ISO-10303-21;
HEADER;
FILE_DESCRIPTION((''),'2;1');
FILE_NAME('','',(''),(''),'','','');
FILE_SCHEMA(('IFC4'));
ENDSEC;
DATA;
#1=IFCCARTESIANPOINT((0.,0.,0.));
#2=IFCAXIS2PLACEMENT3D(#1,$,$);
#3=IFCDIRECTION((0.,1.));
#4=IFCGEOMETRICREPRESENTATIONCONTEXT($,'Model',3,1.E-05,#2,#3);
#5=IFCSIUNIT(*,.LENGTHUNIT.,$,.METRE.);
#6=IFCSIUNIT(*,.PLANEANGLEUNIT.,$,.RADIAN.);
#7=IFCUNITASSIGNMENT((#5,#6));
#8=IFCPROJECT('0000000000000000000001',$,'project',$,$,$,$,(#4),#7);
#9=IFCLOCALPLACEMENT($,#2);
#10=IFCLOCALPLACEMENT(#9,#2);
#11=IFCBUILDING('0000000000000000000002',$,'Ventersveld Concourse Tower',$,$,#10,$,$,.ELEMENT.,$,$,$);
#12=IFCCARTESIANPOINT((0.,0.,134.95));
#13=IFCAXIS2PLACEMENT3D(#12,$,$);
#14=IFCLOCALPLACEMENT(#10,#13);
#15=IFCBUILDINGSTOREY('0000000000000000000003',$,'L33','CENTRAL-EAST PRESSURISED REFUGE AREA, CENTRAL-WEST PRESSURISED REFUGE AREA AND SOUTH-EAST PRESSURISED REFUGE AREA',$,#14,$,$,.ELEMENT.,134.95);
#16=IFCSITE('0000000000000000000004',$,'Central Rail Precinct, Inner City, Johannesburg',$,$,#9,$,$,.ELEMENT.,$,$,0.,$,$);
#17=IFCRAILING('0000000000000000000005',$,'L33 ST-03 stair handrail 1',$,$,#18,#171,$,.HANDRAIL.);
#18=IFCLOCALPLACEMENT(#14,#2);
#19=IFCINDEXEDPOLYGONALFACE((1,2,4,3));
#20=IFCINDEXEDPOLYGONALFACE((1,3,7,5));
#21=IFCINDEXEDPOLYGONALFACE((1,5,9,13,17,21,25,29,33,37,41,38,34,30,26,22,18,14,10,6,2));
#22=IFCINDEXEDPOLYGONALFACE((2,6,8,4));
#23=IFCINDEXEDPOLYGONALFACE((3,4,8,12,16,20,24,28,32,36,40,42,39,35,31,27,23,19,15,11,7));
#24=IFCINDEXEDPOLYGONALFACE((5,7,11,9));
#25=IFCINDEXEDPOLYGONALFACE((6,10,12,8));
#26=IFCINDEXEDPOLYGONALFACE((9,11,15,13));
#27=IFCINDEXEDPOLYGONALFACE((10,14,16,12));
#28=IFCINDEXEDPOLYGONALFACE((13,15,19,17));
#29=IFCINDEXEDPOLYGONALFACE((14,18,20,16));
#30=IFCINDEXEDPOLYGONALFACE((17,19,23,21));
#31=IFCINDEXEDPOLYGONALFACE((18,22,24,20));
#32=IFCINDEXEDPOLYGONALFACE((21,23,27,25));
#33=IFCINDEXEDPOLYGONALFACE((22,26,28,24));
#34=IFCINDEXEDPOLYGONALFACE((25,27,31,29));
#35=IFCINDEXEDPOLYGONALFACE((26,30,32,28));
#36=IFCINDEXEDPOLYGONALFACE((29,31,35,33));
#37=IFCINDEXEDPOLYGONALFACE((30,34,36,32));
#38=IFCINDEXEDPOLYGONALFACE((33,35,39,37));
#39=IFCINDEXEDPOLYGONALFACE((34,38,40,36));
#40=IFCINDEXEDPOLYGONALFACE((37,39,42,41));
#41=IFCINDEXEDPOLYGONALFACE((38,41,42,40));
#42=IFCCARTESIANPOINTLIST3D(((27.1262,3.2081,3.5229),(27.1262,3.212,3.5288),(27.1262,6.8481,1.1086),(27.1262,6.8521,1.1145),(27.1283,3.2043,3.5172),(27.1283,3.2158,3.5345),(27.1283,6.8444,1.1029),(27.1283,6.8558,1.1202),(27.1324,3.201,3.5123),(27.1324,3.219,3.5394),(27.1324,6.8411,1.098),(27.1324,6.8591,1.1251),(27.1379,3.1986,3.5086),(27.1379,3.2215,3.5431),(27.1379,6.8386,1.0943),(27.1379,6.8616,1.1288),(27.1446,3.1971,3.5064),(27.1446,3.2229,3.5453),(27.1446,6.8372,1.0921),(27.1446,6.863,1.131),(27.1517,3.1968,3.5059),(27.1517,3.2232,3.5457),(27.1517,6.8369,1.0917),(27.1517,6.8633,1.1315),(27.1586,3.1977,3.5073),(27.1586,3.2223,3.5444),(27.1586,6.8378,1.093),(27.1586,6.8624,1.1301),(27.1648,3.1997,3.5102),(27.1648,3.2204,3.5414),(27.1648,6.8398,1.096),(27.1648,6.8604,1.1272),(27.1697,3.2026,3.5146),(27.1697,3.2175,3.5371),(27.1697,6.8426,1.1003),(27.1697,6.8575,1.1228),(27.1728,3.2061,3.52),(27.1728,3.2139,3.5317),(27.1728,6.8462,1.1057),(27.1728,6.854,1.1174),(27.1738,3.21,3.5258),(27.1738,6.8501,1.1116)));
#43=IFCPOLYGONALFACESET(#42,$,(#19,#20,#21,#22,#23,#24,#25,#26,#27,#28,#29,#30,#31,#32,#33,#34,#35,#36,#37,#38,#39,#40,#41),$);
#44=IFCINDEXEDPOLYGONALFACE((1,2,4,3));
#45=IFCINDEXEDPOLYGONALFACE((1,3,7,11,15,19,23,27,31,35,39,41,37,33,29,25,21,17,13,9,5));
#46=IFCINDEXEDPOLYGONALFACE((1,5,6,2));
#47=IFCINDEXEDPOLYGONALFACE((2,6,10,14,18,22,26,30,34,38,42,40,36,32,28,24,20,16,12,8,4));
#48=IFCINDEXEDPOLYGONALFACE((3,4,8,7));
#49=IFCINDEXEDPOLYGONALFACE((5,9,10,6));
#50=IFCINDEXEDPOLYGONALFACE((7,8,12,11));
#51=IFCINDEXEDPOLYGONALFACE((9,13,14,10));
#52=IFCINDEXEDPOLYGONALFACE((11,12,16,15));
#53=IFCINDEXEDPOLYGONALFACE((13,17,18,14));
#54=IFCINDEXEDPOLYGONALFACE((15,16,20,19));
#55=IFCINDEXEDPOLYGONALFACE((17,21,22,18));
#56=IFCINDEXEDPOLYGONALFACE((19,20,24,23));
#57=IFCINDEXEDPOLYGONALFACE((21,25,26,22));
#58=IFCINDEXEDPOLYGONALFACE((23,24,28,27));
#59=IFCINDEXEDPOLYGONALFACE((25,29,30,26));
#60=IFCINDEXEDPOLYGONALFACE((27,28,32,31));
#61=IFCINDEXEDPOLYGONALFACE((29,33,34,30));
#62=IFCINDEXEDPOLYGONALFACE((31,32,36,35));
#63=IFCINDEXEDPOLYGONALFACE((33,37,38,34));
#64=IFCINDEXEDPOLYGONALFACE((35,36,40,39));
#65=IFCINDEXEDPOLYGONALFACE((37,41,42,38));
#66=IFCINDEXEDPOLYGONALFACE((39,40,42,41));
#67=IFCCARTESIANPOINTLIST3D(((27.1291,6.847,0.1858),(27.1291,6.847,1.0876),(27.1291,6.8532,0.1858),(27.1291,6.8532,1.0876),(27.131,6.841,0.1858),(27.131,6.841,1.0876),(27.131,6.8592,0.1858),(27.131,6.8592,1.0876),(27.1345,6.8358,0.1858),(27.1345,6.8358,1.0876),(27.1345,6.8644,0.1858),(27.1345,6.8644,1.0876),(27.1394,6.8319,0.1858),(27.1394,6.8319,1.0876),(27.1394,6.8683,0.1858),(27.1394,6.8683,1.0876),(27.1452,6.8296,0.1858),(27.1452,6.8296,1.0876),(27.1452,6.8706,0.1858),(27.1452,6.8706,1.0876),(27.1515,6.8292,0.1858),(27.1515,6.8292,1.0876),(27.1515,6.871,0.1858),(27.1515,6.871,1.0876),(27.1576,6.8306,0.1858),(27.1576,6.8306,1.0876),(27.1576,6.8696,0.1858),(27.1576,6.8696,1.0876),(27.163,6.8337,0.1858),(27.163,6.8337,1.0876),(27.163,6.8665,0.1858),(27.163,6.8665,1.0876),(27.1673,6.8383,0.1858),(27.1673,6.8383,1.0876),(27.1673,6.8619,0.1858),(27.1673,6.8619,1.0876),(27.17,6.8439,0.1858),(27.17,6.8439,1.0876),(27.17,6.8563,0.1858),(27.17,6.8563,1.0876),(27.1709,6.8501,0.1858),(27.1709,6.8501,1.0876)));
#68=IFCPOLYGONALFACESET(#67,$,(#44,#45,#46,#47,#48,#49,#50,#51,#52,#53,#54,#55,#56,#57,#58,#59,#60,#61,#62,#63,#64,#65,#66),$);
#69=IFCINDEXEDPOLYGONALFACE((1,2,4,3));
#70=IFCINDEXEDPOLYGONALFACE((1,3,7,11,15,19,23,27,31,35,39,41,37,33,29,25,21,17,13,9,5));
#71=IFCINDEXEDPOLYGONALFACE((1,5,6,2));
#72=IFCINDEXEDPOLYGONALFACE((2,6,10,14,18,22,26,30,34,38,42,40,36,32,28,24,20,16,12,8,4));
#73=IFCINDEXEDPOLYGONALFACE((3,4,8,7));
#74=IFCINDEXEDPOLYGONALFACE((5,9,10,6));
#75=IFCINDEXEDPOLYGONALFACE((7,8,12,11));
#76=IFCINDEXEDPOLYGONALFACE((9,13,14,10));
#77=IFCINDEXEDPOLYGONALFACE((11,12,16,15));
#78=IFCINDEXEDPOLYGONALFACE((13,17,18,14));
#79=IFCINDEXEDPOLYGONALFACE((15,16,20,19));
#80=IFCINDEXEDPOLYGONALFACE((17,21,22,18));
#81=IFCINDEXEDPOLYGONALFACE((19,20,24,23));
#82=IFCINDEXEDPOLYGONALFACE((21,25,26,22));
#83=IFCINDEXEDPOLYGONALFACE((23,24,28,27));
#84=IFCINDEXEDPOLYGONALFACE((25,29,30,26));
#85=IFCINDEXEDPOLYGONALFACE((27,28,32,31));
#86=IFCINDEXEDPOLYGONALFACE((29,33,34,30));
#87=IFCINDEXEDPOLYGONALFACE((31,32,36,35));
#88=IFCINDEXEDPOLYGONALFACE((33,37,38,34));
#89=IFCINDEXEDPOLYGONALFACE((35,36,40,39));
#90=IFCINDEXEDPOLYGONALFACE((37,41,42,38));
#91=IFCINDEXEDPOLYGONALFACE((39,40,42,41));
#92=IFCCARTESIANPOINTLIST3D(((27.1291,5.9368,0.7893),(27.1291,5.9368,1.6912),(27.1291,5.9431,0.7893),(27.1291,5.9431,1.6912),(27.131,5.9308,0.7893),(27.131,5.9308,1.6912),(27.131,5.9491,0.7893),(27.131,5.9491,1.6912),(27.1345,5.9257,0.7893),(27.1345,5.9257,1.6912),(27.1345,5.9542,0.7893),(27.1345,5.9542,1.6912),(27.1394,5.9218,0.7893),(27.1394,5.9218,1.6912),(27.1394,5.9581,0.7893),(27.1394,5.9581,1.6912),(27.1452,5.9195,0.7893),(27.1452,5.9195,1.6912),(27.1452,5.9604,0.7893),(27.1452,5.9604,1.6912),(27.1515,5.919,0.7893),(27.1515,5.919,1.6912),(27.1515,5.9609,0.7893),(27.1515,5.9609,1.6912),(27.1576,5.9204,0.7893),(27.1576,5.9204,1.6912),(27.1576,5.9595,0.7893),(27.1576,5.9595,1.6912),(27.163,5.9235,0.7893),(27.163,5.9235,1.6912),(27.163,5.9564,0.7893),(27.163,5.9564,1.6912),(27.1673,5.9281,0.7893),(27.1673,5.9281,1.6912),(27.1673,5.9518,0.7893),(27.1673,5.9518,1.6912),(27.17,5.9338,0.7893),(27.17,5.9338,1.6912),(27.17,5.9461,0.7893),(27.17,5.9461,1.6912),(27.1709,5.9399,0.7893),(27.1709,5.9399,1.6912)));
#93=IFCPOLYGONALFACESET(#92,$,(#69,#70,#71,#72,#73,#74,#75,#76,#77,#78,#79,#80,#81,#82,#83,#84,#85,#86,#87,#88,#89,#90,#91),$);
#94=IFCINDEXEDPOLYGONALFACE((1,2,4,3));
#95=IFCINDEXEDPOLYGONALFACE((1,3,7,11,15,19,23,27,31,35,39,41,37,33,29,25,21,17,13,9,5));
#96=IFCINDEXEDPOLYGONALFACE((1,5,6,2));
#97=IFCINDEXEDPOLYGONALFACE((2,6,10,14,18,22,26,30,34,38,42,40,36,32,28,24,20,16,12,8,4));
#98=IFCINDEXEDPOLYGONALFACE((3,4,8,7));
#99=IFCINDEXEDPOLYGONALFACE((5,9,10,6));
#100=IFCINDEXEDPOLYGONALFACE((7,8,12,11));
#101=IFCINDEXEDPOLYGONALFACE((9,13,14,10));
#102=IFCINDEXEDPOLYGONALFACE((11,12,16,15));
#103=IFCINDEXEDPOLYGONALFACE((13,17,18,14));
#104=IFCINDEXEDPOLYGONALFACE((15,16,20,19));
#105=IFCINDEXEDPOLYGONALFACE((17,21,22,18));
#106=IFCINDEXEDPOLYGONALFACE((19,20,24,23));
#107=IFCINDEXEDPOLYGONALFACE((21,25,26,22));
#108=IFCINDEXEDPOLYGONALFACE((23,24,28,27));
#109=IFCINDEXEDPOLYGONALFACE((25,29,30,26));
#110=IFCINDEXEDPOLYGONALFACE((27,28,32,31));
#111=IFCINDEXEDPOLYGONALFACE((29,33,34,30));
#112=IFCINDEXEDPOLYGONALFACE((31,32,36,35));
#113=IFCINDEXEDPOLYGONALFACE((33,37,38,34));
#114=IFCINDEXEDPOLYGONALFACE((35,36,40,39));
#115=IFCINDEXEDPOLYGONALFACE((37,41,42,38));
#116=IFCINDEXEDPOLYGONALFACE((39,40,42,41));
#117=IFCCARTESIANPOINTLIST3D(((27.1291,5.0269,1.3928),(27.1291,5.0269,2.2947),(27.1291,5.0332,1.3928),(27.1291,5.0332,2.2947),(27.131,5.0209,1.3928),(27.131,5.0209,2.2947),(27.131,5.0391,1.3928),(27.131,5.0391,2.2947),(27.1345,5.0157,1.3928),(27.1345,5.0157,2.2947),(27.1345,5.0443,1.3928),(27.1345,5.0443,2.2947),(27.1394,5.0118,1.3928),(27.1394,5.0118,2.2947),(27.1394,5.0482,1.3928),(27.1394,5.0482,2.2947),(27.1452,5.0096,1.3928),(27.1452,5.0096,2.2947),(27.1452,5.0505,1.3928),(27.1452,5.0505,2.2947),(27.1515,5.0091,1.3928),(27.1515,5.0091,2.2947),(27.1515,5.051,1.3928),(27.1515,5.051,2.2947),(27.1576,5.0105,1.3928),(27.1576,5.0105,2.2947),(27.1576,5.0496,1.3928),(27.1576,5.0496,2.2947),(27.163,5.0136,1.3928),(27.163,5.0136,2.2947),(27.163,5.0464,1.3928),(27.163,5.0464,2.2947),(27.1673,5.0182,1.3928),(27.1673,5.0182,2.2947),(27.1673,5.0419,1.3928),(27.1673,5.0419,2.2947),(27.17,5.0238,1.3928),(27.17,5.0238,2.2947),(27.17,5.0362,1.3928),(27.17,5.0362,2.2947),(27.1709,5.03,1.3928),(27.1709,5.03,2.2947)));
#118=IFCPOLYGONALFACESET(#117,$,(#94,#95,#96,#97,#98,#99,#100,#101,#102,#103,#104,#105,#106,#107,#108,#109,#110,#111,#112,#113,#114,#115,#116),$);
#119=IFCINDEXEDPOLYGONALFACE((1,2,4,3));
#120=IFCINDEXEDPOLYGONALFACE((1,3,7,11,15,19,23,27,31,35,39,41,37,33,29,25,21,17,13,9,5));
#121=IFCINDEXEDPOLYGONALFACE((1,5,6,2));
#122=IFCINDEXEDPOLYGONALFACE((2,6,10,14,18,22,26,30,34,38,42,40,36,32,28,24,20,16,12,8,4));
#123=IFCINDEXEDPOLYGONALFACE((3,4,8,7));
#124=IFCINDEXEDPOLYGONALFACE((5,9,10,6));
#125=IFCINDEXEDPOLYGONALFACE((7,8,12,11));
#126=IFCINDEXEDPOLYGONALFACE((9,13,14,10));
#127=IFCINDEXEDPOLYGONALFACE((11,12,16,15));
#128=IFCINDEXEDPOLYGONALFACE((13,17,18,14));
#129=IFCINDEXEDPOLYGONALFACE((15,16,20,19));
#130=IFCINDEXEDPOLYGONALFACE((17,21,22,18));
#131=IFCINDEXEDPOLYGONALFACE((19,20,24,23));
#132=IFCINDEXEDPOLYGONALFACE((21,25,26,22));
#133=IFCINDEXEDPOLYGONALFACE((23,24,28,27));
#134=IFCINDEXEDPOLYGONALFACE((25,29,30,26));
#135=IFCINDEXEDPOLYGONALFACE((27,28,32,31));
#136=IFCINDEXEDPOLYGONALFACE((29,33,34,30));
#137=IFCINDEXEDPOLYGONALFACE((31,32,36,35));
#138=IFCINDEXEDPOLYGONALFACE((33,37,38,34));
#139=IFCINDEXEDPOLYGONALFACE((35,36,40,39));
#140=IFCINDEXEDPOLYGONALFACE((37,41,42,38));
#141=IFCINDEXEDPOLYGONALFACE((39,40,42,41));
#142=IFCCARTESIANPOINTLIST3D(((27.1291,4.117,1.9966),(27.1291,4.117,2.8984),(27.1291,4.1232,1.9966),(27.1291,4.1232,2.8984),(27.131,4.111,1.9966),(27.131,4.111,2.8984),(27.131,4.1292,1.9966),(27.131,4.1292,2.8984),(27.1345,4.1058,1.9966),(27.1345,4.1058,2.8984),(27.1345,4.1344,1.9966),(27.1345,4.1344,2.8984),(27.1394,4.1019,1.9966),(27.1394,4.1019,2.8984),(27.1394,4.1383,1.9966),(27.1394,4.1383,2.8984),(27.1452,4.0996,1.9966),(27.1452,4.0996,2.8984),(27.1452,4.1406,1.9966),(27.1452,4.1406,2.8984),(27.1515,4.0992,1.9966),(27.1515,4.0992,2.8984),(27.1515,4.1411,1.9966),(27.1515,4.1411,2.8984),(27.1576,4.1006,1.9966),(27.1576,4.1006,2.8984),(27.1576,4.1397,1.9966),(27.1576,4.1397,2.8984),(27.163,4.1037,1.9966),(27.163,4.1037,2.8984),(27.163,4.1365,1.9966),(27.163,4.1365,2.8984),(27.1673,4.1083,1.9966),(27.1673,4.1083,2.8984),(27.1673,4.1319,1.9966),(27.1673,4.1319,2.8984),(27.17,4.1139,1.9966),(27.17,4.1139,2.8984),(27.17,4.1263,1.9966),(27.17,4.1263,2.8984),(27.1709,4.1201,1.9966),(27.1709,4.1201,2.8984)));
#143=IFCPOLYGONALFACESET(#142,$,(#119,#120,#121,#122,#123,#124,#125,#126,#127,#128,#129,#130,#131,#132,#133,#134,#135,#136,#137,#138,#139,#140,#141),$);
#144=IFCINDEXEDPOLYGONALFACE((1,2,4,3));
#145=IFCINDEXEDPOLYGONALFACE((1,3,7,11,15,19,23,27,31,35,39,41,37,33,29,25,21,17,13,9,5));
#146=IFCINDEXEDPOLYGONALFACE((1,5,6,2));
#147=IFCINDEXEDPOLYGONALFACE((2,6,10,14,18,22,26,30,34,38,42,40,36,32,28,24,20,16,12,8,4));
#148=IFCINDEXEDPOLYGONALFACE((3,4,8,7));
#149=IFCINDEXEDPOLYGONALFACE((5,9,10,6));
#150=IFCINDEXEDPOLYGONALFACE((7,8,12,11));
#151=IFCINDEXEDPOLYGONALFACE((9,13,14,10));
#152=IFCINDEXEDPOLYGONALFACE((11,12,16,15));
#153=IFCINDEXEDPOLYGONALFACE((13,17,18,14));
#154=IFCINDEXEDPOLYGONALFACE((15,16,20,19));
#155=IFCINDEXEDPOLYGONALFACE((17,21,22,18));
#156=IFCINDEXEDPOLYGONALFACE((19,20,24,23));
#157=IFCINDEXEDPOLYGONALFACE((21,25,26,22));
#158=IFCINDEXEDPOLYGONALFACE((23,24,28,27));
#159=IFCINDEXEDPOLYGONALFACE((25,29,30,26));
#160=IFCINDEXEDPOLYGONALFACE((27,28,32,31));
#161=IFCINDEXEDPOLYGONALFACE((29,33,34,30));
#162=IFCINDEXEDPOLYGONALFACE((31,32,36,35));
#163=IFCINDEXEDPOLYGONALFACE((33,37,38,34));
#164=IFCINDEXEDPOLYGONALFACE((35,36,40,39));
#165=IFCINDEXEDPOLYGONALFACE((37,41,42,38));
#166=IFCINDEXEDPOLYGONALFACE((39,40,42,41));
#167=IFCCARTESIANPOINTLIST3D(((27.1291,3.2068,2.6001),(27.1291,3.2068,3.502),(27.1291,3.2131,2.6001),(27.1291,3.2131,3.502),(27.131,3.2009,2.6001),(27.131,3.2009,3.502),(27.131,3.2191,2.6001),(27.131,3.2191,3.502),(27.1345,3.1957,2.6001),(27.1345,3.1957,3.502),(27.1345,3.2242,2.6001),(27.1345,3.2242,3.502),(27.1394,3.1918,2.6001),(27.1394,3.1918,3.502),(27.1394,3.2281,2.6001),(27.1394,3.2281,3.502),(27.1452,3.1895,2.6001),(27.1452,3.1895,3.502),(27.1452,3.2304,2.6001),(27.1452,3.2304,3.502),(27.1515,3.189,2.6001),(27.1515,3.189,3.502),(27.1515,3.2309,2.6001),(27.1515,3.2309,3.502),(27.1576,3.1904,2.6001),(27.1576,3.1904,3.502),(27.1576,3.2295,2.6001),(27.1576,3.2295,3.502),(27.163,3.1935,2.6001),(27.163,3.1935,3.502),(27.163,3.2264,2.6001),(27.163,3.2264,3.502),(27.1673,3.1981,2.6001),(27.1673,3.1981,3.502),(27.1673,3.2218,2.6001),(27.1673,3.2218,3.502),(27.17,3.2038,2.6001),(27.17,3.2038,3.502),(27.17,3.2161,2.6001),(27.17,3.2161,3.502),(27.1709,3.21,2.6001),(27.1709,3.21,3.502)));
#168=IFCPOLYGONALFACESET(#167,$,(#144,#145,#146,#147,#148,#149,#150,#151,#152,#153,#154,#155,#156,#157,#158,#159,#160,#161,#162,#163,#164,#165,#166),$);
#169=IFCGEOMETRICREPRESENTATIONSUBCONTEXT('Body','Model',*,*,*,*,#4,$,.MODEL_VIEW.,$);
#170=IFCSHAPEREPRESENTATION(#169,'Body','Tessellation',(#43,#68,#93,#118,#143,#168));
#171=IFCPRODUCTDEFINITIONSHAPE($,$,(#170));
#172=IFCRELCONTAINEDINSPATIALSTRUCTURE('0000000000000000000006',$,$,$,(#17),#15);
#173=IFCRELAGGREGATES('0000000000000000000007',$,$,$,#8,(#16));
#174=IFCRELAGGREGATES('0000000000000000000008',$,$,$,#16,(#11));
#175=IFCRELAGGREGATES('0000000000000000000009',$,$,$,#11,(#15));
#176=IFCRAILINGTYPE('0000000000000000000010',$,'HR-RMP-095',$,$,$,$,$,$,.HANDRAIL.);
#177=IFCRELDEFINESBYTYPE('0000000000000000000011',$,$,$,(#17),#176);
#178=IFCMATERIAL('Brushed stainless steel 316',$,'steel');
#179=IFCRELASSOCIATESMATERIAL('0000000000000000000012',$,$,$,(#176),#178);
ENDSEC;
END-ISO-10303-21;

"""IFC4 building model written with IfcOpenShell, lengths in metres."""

from ifc_helpers import new_model, si_unit, direction, frame, origin, origin_2d, place, context, subcontext, project, spatial, circle, extrude, material, type_object, element, save


model = new_model("IFC4")

# Units and contexts
model_context = context("Model", 3, precision=1e-05, world=origin(), true_north=direction((0.0, 1.0)))
body_context = subcontext(model_context, "Body", "Model", "MODEL_VIEW")
ifc_project = project(units=[si_unit("LENGTHUNIT", "METRE"), si_unit("PLANEANGLEUNIT", "RADIAN")], contexts=[model_context])

# Site, building, storey
site_placement = place(None, origin())
site = spatial("IfcSite", under=ifc_project, at=site_placement, Name="Central Rail Precinct, Inner City, Johannesburg", CompositionType="ELEMENT", RefElevation=0.0)
building_placement = place(site_placement, origin())
building = spatial("IfcBuilding", under=site, at=building_placement, Name="Ventersveld Concourse Tower", CompositionType="ELEMENT")
storey_placement = place(building_placement, frame((0.0, 0.0, 134.95)))
storey = spatial("IfcBuildingStorey", under=building, at=storey_placement, Name="L33", Description="CENTRAL-EAST PRESSURISED REFUGE AREA, CENTRAL-WEST PRESSURISED REFUGE AREA AND SOUTH-EAST PRESSURISED REFUGE AREA", CompositionType="ELEMENT", Elevation=134.95)

# Shared definitions
ifc_material_1 = material(Name="Brushed stainless steel 316", Category="steel")

# Railing
railing_type_1 = type_object("IfcRailingType", Name="HR-RMP-095", PredefinedType="HANDRAIL", material=ifc_material_1)
railing_1_placement = place(storey_placement, frame((27.1499, 6.8501, 0.1858)))
element("IfcRailing", 1, at=railing_1_placement, inside=storey, type_object=railing_type_1, Name="L33 ST-03 stair handrail 1", PredefinedType="HANDRAIL", context=body_context, shape_type="SweptSolid", body=[
    extrude(circle(Radius=0.0239, at=origin_2d()), frame((0.0, 0.0, 0.9258), z_axis=(0.0, -0.833364, 0.552725), x_axis=(1.0, 0.0, 0.0)), (0.0, 0.0, 1.0), 4.3679),
    extrude(circle(Radius=0.021, at=origin_2d()), origin(), (0.0, 0.0, 1.0), 0.9019),
    extrude(circle(Radius=0.021, at=origin_2d()), frame((0.0, -0.9102, 0.6035)), (0.0, 0.0, 1.0), 0.9019),
    extrude(circle(Radius=0.021, at=origin_2d()), frame((0.0, -1.8201, 1.207)), (0.0, 0.0, 1.0), 0.9019),
    extrude(circle(Radius=0.021, at=origin_2d()), frame((0.0, -2.73, 1.8108)), (0.0, 0.0, 1.0), 0.9019),
    extrude(circle(Radius=0.021, at=origin_2d()), frame((0.0, -3.6401, 2.4143)), (0.0, 0.0, 1.0), 0.9019),
])

save(model, "model.ifc")
